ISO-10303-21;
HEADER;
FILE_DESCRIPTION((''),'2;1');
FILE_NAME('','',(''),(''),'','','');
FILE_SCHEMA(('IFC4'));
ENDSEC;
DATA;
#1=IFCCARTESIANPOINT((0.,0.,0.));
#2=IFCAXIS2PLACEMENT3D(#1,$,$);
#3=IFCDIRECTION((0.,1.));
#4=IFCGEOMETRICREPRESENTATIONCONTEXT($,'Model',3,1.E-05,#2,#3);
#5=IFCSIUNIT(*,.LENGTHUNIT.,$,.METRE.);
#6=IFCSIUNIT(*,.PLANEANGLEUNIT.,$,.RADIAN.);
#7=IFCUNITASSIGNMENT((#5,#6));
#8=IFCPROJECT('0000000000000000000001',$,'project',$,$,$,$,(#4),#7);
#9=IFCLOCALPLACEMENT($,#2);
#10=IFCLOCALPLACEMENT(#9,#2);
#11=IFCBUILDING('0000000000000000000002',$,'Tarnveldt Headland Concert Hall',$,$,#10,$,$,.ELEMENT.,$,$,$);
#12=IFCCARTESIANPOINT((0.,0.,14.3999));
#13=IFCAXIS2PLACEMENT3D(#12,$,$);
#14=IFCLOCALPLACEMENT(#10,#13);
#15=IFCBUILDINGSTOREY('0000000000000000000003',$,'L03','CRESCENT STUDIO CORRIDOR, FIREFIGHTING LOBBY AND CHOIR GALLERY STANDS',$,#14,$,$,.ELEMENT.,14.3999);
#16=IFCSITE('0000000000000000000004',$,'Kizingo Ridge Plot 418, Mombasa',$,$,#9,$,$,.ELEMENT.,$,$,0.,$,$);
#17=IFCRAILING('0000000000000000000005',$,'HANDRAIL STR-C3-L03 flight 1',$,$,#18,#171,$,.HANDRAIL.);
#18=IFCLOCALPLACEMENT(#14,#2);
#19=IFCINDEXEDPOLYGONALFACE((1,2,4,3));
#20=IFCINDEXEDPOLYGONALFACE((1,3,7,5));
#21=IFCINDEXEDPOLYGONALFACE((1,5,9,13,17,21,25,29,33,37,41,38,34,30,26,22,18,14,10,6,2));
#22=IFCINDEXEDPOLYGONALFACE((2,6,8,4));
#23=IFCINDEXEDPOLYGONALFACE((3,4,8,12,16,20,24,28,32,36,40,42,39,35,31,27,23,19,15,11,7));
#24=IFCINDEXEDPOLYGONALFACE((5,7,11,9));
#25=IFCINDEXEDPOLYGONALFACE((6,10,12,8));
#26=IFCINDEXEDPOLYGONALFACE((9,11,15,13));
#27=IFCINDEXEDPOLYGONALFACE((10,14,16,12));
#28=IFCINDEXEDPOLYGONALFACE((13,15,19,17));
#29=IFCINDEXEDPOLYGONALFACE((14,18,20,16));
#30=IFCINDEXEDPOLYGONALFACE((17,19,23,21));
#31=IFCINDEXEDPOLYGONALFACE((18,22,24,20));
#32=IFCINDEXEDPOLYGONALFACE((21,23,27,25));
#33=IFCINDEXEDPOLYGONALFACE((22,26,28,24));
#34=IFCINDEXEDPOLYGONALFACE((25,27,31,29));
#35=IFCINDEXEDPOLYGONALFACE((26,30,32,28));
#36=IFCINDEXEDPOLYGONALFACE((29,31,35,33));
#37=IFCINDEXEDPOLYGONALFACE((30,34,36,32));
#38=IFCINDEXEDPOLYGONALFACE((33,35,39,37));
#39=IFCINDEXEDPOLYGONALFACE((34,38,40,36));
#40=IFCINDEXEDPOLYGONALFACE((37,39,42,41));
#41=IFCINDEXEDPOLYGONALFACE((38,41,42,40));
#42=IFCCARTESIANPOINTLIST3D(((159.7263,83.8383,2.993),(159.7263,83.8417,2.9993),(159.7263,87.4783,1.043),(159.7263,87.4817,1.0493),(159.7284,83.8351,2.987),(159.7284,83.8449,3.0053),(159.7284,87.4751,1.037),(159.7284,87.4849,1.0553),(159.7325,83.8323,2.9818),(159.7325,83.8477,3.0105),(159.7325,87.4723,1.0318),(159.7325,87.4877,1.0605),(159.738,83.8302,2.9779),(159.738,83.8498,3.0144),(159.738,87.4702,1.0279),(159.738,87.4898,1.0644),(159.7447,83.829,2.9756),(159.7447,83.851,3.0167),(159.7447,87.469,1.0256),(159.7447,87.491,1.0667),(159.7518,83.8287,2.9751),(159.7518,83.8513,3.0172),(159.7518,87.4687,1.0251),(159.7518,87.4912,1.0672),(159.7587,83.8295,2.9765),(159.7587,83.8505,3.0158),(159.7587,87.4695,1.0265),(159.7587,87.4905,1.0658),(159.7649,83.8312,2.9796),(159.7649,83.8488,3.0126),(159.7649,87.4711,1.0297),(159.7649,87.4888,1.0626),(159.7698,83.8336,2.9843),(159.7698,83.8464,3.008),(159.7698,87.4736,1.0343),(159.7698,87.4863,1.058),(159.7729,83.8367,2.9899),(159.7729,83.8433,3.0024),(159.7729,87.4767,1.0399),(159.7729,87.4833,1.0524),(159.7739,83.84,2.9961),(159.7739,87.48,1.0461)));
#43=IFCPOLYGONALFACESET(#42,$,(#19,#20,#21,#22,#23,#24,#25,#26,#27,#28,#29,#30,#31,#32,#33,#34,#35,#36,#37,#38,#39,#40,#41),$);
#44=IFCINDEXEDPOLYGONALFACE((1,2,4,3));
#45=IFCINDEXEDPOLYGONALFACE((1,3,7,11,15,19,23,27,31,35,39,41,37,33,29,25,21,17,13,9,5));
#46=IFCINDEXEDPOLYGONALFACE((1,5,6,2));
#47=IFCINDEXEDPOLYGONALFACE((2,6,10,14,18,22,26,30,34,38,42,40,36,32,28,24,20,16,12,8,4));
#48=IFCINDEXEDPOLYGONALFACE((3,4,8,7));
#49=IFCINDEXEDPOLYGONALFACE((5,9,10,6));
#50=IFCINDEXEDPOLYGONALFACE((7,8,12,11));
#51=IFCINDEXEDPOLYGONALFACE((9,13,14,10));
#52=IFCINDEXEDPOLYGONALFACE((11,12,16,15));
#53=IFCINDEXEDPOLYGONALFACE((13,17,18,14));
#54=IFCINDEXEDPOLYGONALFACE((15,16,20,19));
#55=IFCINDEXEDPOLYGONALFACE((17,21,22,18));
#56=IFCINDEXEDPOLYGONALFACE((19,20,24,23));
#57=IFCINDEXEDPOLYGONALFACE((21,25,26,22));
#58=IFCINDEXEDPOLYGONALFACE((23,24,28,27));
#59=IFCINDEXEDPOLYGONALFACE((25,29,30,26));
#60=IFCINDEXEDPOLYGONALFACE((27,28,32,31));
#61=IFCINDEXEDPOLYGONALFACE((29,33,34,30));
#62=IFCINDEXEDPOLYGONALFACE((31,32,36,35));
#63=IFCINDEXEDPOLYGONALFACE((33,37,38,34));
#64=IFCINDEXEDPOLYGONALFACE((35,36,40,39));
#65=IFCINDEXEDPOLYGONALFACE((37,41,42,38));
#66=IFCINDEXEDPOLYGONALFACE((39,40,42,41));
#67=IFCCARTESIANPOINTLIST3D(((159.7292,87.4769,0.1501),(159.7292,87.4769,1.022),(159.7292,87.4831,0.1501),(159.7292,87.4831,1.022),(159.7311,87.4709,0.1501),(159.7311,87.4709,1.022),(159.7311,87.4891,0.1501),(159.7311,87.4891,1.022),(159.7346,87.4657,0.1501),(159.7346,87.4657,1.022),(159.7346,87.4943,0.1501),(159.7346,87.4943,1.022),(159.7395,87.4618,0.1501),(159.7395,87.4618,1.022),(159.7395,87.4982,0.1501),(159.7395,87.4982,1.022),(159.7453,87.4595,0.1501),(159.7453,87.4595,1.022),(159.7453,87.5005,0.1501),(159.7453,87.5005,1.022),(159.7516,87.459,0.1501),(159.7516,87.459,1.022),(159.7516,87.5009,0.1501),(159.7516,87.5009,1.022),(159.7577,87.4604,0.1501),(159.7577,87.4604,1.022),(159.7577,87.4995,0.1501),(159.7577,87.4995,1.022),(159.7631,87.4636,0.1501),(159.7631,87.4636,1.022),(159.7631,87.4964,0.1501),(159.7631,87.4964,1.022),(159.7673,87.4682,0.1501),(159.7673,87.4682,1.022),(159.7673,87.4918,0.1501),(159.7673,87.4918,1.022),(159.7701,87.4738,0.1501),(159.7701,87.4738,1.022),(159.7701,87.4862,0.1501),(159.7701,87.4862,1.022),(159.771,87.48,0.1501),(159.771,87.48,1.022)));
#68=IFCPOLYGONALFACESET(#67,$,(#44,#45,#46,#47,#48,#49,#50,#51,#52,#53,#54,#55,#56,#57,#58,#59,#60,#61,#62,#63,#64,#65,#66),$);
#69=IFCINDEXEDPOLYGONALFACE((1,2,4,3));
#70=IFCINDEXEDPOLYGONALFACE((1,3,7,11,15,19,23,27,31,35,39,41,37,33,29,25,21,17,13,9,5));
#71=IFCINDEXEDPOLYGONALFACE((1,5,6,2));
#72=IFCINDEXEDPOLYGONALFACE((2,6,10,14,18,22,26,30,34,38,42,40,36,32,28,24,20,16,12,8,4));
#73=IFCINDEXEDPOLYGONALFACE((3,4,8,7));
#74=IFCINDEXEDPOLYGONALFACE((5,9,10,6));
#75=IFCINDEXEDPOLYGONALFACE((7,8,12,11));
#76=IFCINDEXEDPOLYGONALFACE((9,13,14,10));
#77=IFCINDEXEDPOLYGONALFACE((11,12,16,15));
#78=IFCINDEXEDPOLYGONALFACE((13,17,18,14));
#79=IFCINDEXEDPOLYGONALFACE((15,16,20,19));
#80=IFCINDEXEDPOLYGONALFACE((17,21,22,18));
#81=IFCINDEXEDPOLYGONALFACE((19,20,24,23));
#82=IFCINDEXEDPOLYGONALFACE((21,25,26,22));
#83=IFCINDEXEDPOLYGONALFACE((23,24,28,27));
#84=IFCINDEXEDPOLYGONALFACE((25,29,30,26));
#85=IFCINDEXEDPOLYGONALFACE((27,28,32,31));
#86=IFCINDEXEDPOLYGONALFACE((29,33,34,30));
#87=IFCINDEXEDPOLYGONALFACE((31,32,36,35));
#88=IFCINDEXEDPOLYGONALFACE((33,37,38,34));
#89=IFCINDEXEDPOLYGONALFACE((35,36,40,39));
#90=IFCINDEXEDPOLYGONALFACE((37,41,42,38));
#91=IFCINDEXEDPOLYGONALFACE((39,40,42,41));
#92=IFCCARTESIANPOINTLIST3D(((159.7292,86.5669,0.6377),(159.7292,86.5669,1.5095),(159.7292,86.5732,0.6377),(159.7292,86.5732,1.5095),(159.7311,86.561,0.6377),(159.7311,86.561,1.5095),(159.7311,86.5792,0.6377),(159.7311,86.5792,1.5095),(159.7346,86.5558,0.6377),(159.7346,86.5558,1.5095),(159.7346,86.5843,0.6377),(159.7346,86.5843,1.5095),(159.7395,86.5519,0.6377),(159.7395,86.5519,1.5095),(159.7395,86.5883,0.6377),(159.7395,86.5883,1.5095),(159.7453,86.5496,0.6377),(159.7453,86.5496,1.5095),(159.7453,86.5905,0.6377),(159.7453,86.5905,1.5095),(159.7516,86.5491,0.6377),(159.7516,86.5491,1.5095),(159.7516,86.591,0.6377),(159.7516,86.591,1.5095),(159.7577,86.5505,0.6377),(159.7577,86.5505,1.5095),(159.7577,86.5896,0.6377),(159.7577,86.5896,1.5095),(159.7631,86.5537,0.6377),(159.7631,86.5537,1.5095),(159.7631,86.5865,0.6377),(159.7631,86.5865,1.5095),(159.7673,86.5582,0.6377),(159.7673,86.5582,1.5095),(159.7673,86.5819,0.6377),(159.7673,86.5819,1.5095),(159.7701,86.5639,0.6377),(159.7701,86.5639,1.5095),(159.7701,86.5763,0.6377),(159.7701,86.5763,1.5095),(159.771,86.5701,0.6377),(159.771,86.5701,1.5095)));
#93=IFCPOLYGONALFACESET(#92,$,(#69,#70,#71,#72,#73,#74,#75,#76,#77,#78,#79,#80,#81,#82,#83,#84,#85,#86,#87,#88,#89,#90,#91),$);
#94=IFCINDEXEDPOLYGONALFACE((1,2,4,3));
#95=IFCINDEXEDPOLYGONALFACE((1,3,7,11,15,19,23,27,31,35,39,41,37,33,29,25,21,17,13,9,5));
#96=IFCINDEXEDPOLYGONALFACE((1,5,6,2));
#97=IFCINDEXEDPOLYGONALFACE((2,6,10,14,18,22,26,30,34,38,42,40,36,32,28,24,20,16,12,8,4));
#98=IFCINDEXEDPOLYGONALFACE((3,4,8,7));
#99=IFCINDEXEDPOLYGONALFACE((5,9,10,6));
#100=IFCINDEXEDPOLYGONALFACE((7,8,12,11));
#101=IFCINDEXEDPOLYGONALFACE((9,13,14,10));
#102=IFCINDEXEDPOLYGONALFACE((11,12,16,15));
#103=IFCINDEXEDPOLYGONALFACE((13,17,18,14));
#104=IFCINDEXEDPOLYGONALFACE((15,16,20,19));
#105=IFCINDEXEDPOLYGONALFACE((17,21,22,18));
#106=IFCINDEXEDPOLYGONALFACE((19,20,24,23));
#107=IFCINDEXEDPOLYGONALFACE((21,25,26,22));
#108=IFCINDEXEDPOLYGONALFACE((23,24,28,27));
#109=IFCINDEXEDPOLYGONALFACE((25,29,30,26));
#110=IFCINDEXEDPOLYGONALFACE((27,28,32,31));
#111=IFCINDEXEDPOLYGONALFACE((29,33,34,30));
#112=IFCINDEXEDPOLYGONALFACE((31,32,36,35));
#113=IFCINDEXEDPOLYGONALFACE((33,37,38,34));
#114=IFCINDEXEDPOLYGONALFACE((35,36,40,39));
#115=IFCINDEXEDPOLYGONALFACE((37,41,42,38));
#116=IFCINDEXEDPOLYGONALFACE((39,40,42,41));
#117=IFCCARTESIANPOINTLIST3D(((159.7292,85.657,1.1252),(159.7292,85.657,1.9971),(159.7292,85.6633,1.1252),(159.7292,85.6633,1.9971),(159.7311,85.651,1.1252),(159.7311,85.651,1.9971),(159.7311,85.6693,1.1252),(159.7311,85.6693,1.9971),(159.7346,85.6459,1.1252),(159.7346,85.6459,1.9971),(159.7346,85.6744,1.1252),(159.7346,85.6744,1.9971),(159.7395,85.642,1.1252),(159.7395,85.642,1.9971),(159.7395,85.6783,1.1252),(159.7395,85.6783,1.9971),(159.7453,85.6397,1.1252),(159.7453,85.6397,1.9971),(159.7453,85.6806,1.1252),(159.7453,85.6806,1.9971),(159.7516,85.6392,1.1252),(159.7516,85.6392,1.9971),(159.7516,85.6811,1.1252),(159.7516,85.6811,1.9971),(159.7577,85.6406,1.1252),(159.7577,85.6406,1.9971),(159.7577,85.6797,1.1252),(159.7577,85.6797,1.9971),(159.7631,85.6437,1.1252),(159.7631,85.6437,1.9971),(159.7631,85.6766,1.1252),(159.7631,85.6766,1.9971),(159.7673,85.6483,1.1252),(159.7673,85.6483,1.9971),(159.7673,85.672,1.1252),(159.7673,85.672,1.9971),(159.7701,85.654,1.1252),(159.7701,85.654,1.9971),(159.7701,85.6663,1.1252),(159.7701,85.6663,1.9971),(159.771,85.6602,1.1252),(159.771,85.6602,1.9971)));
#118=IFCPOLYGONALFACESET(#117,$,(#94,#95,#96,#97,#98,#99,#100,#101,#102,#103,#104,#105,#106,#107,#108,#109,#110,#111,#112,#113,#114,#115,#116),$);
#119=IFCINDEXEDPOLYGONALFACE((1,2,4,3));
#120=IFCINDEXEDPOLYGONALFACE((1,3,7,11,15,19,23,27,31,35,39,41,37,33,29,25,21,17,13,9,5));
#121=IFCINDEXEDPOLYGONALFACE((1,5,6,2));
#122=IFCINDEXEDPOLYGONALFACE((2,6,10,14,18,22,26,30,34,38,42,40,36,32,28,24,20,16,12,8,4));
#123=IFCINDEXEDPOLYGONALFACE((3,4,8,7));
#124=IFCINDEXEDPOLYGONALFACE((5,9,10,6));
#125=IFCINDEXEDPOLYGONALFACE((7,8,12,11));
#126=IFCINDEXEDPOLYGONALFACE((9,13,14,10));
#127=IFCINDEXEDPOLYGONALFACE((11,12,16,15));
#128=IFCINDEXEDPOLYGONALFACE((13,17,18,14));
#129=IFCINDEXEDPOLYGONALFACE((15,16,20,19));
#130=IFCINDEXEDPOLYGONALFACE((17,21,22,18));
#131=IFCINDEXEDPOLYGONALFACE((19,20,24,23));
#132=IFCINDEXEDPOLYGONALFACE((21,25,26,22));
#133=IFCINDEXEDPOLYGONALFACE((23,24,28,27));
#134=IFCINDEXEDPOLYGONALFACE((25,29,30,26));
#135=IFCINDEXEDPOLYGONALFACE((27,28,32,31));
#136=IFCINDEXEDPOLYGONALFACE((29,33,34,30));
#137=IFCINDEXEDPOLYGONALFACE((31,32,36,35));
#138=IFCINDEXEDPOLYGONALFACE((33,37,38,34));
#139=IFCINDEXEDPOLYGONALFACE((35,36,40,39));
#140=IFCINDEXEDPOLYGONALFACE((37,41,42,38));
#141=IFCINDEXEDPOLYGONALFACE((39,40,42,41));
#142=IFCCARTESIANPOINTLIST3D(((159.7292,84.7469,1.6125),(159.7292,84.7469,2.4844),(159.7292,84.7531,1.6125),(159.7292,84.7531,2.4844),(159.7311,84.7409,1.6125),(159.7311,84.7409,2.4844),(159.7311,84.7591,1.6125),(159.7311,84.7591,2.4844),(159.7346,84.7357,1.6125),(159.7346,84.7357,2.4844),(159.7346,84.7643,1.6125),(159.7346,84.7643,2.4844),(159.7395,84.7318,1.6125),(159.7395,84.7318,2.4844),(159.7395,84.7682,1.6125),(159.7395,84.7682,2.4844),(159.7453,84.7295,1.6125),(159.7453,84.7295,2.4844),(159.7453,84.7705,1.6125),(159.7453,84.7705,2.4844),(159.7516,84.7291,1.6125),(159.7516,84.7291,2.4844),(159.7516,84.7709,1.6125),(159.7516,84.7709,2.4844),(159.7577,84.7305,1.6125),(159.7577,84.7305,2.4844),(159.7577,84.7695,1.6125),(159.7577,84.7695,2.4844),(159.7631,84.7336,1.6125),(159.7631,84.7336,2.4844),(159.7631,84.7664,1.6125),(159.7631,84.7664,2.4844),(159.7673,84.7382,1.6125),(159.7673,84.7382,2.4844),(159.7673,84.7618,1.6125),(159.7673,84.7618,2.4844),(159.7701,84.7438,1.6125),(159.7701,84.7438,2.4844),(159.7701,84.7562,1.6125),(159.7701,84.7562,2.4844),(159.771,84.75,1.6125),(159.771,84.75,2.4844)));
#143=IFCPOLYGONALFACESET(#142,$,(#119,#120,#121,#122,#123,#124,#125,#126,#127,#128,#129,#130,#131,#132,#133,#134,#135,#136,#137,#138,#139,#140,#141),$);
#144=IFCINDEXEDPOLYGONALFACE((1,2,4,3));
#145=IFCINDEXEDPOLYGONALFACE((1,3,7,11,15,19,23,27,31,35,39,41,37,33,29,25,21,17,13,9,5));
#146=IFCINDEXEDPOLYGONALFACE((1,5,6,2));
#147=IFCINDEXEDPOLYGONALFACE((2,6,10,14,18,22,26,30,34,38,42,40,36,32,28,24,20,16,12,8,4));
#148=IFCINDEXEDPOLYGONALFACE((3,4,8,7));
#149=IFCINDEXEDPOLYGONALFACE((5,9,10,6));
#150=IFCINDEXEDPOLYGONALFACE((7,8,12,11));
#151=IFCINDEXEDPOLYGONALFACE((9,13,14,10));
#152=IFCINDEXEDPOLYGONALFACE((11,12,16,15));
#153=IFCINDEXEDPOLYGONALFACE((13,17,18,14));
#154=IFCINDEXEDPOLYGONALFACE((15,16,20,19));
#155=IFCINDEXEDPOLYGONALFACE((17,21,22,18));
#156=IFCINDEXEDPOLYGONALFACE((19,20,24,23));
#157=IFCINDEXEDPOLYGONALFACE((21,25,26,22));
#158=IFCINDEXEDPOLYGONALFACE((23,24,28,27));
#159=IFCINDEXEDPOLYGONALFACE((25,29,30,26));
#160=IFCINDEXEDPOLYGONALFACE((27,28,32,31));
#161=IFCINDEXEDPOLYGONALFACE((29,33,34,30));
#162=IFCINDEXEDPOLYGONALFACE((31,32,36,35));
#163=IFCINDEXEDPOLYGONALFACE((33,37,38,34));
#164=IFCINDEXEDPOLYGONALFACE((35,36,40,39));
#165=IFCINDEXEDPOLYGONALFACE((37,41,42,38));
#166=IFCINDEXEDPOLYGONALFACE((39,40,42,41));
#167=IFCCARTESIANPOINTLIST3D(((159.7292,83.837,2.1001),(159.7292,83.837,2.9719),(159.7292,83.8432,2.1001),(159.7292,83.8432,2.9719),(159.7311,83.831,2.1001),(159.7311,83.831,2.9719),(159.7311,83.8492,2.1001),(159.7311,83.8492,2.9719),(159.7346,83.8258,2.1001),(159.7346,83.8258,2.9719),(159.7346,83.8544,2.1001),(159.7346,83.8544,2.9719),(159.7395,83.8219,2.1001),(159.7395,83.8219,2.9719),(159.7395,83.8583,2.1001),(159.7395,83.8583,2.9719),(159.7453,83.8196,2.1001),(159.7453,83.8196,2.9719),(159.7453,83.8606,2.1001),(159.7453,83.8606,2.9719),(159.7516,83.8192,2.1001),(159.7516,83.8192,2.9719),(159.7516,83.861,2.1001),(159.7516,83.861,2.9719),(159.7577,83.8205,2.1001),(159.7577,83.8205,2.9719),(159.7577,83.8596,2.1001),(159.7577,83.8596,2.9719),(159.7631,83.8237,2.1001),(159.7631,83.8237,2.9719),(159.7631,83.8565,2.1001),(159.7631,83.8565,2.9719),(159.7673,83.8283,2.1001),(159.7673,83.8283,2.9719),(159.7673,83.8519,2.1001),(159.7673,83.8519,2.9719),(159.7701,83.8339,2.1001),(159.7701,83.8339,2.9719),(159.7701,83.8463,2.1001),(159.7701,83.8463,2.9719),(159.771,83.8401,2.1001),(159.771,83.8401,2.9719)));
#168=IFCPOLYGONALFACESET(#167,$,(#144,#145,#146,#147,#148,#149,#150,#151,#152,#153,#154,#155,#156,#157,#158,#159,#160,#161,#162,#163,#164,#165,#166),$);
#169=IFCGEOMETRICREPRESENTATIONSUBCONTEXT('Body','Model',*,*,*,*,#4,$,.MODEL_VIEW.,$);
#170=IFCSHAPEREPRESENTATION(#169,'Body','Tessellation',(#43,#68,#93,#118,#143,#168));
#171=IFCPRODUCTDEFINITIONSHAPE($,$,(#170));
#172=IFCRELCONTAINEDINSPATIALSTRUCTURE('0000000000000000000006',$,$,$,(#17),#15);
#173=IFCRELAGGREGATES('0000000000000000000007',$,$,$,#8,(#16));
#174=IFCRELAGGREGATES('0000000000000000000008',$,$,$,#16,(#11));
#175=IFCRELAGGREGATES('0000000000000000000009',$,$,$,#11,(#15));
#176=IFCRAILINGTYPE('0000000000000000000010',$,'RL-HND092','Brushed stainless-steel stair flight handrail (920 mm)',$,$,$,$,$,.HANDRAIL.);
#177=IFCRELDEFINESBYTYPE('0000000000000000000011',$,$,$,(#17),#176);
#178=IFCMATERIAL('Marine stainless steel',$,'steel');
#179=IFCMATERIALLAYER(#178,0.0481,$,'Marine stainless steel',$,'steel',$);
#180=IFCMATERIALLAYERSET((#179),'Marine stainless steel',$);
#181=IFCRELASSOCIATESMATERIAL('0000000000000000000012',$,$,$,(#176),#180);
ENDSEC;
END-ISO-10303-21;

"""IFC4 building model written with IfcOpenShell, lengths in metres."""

from ifc_helpers import new_model, si_unit, direction, frame, origin, origin_2d, place, context, subcontext, project, spatial, circle, extrude, material, layer, layer_set, type_object, element, save


model = new_model("IFC4")

# Units and contexts
model_context = context("Model", 3, precision=1e-05, world=origin(), true_north=direction((0.0, 1.0)))
body_context = subcontext(model_context, "Body", "Model", "MODEL_VIEW")
ifc_project = project(units=[si_unit("LENGTHUNIT", "METRE"), si_unit("PLANEANGLEUNIT", "RADIAN")], contexts=[model_context])

# Site, building, storey
site_placement = place(None, origin())
site = spatial("IfcSite", under=ifc_project, at=site_placement, Name="Kizingo Ridge Plot 418, Mombasa", CompositionType="ELEMENT", RefElevation=0.0)
building_placement = place(site_placement, origin())
building = spatial("IfcBuilding", under=site, at=building_placement, Name="Tarnveldt Headland Concert Hall", CompositionType="ELEMENT")
storey_placement = place(building_placement, frame((0.0, 0.0, 14.3999)))
storey = spatial("IfcBuildingStorey", under=building, at=storey_placement, Name="L03", Description="CRESCENT STUDIO CORRIDOR, FIREFIGHTING LOBBY AND CHOIR GALLERY STANDS", CompositionType="ELEMENT", Elevation=14.3999)

# Railing
ifc_material_1 = material(Name="Marine stainless steel", Category="steel")
ifc_layer_1 = layer(ifc_material_1, 0.0481, Name="Marine stainless steel", Category="steel")
ifc_layer_set_1 = layer_set([ifc_layer_1], Name="Marine stainless steel")
railing_type_1 = type_object("IfcRailingType", Name="RL-HND092", Description="Brushed stainless-steel stair flight handrail (920 mm)", PredefinedType="HANDRAIL", material=ifc_layer_set_1)
railing_1_placement = place(storey_placement, frame((159.75, 87.48, 0.1501)))
element("IfcRailing", 1, at=railing_1_placement, inside=storey, type_object=railing_type_1, Name="HANDRAIL STR-C3-L03 flight 1", PredefinedType="HANDRAIL", context=body_context, shape_type="SweptSolid", body=[
    extrude(circle(Radius=0.0239, at=origin_2d()), frame((0.0, 0.0, 0.896), z_axis=(0.0, -0.881479, 0.472223), x_axis=(1.0, 0.0, 0.0)), (0.0, 0.0, 1.0), 4.1294),
    extrude(circle(Radius=0.021, at=origin_2d()), origin(), (0.0, 0.0, 1.0), 0.8718),
    extrude(circle(Radius=0.021, at=origin_2d()), frame((0.0, -0.9099, 0.4875)), (0.0, 0.0, 1.0), 0.8718),
    extrude(circle(Radius=0.021, at=origin_2d()), frame((0.0, -1.8198, 0.9751)), (0.0, 0.0, 1.0), 0.8718),
    extrude(circle(Radius=0.021, at=origin_2d()), frame((0.0, -2.73, 1.4624)), (0.0, 0.0, 1.0), 0.8718),
    extrude(circle(Radius=0.021, at=origin_2d()), frame((0.0, -3.6399, 1.95)), (0.0, 0.0, 1.0), 0.8718),
])

save(model, "model.ifc")
